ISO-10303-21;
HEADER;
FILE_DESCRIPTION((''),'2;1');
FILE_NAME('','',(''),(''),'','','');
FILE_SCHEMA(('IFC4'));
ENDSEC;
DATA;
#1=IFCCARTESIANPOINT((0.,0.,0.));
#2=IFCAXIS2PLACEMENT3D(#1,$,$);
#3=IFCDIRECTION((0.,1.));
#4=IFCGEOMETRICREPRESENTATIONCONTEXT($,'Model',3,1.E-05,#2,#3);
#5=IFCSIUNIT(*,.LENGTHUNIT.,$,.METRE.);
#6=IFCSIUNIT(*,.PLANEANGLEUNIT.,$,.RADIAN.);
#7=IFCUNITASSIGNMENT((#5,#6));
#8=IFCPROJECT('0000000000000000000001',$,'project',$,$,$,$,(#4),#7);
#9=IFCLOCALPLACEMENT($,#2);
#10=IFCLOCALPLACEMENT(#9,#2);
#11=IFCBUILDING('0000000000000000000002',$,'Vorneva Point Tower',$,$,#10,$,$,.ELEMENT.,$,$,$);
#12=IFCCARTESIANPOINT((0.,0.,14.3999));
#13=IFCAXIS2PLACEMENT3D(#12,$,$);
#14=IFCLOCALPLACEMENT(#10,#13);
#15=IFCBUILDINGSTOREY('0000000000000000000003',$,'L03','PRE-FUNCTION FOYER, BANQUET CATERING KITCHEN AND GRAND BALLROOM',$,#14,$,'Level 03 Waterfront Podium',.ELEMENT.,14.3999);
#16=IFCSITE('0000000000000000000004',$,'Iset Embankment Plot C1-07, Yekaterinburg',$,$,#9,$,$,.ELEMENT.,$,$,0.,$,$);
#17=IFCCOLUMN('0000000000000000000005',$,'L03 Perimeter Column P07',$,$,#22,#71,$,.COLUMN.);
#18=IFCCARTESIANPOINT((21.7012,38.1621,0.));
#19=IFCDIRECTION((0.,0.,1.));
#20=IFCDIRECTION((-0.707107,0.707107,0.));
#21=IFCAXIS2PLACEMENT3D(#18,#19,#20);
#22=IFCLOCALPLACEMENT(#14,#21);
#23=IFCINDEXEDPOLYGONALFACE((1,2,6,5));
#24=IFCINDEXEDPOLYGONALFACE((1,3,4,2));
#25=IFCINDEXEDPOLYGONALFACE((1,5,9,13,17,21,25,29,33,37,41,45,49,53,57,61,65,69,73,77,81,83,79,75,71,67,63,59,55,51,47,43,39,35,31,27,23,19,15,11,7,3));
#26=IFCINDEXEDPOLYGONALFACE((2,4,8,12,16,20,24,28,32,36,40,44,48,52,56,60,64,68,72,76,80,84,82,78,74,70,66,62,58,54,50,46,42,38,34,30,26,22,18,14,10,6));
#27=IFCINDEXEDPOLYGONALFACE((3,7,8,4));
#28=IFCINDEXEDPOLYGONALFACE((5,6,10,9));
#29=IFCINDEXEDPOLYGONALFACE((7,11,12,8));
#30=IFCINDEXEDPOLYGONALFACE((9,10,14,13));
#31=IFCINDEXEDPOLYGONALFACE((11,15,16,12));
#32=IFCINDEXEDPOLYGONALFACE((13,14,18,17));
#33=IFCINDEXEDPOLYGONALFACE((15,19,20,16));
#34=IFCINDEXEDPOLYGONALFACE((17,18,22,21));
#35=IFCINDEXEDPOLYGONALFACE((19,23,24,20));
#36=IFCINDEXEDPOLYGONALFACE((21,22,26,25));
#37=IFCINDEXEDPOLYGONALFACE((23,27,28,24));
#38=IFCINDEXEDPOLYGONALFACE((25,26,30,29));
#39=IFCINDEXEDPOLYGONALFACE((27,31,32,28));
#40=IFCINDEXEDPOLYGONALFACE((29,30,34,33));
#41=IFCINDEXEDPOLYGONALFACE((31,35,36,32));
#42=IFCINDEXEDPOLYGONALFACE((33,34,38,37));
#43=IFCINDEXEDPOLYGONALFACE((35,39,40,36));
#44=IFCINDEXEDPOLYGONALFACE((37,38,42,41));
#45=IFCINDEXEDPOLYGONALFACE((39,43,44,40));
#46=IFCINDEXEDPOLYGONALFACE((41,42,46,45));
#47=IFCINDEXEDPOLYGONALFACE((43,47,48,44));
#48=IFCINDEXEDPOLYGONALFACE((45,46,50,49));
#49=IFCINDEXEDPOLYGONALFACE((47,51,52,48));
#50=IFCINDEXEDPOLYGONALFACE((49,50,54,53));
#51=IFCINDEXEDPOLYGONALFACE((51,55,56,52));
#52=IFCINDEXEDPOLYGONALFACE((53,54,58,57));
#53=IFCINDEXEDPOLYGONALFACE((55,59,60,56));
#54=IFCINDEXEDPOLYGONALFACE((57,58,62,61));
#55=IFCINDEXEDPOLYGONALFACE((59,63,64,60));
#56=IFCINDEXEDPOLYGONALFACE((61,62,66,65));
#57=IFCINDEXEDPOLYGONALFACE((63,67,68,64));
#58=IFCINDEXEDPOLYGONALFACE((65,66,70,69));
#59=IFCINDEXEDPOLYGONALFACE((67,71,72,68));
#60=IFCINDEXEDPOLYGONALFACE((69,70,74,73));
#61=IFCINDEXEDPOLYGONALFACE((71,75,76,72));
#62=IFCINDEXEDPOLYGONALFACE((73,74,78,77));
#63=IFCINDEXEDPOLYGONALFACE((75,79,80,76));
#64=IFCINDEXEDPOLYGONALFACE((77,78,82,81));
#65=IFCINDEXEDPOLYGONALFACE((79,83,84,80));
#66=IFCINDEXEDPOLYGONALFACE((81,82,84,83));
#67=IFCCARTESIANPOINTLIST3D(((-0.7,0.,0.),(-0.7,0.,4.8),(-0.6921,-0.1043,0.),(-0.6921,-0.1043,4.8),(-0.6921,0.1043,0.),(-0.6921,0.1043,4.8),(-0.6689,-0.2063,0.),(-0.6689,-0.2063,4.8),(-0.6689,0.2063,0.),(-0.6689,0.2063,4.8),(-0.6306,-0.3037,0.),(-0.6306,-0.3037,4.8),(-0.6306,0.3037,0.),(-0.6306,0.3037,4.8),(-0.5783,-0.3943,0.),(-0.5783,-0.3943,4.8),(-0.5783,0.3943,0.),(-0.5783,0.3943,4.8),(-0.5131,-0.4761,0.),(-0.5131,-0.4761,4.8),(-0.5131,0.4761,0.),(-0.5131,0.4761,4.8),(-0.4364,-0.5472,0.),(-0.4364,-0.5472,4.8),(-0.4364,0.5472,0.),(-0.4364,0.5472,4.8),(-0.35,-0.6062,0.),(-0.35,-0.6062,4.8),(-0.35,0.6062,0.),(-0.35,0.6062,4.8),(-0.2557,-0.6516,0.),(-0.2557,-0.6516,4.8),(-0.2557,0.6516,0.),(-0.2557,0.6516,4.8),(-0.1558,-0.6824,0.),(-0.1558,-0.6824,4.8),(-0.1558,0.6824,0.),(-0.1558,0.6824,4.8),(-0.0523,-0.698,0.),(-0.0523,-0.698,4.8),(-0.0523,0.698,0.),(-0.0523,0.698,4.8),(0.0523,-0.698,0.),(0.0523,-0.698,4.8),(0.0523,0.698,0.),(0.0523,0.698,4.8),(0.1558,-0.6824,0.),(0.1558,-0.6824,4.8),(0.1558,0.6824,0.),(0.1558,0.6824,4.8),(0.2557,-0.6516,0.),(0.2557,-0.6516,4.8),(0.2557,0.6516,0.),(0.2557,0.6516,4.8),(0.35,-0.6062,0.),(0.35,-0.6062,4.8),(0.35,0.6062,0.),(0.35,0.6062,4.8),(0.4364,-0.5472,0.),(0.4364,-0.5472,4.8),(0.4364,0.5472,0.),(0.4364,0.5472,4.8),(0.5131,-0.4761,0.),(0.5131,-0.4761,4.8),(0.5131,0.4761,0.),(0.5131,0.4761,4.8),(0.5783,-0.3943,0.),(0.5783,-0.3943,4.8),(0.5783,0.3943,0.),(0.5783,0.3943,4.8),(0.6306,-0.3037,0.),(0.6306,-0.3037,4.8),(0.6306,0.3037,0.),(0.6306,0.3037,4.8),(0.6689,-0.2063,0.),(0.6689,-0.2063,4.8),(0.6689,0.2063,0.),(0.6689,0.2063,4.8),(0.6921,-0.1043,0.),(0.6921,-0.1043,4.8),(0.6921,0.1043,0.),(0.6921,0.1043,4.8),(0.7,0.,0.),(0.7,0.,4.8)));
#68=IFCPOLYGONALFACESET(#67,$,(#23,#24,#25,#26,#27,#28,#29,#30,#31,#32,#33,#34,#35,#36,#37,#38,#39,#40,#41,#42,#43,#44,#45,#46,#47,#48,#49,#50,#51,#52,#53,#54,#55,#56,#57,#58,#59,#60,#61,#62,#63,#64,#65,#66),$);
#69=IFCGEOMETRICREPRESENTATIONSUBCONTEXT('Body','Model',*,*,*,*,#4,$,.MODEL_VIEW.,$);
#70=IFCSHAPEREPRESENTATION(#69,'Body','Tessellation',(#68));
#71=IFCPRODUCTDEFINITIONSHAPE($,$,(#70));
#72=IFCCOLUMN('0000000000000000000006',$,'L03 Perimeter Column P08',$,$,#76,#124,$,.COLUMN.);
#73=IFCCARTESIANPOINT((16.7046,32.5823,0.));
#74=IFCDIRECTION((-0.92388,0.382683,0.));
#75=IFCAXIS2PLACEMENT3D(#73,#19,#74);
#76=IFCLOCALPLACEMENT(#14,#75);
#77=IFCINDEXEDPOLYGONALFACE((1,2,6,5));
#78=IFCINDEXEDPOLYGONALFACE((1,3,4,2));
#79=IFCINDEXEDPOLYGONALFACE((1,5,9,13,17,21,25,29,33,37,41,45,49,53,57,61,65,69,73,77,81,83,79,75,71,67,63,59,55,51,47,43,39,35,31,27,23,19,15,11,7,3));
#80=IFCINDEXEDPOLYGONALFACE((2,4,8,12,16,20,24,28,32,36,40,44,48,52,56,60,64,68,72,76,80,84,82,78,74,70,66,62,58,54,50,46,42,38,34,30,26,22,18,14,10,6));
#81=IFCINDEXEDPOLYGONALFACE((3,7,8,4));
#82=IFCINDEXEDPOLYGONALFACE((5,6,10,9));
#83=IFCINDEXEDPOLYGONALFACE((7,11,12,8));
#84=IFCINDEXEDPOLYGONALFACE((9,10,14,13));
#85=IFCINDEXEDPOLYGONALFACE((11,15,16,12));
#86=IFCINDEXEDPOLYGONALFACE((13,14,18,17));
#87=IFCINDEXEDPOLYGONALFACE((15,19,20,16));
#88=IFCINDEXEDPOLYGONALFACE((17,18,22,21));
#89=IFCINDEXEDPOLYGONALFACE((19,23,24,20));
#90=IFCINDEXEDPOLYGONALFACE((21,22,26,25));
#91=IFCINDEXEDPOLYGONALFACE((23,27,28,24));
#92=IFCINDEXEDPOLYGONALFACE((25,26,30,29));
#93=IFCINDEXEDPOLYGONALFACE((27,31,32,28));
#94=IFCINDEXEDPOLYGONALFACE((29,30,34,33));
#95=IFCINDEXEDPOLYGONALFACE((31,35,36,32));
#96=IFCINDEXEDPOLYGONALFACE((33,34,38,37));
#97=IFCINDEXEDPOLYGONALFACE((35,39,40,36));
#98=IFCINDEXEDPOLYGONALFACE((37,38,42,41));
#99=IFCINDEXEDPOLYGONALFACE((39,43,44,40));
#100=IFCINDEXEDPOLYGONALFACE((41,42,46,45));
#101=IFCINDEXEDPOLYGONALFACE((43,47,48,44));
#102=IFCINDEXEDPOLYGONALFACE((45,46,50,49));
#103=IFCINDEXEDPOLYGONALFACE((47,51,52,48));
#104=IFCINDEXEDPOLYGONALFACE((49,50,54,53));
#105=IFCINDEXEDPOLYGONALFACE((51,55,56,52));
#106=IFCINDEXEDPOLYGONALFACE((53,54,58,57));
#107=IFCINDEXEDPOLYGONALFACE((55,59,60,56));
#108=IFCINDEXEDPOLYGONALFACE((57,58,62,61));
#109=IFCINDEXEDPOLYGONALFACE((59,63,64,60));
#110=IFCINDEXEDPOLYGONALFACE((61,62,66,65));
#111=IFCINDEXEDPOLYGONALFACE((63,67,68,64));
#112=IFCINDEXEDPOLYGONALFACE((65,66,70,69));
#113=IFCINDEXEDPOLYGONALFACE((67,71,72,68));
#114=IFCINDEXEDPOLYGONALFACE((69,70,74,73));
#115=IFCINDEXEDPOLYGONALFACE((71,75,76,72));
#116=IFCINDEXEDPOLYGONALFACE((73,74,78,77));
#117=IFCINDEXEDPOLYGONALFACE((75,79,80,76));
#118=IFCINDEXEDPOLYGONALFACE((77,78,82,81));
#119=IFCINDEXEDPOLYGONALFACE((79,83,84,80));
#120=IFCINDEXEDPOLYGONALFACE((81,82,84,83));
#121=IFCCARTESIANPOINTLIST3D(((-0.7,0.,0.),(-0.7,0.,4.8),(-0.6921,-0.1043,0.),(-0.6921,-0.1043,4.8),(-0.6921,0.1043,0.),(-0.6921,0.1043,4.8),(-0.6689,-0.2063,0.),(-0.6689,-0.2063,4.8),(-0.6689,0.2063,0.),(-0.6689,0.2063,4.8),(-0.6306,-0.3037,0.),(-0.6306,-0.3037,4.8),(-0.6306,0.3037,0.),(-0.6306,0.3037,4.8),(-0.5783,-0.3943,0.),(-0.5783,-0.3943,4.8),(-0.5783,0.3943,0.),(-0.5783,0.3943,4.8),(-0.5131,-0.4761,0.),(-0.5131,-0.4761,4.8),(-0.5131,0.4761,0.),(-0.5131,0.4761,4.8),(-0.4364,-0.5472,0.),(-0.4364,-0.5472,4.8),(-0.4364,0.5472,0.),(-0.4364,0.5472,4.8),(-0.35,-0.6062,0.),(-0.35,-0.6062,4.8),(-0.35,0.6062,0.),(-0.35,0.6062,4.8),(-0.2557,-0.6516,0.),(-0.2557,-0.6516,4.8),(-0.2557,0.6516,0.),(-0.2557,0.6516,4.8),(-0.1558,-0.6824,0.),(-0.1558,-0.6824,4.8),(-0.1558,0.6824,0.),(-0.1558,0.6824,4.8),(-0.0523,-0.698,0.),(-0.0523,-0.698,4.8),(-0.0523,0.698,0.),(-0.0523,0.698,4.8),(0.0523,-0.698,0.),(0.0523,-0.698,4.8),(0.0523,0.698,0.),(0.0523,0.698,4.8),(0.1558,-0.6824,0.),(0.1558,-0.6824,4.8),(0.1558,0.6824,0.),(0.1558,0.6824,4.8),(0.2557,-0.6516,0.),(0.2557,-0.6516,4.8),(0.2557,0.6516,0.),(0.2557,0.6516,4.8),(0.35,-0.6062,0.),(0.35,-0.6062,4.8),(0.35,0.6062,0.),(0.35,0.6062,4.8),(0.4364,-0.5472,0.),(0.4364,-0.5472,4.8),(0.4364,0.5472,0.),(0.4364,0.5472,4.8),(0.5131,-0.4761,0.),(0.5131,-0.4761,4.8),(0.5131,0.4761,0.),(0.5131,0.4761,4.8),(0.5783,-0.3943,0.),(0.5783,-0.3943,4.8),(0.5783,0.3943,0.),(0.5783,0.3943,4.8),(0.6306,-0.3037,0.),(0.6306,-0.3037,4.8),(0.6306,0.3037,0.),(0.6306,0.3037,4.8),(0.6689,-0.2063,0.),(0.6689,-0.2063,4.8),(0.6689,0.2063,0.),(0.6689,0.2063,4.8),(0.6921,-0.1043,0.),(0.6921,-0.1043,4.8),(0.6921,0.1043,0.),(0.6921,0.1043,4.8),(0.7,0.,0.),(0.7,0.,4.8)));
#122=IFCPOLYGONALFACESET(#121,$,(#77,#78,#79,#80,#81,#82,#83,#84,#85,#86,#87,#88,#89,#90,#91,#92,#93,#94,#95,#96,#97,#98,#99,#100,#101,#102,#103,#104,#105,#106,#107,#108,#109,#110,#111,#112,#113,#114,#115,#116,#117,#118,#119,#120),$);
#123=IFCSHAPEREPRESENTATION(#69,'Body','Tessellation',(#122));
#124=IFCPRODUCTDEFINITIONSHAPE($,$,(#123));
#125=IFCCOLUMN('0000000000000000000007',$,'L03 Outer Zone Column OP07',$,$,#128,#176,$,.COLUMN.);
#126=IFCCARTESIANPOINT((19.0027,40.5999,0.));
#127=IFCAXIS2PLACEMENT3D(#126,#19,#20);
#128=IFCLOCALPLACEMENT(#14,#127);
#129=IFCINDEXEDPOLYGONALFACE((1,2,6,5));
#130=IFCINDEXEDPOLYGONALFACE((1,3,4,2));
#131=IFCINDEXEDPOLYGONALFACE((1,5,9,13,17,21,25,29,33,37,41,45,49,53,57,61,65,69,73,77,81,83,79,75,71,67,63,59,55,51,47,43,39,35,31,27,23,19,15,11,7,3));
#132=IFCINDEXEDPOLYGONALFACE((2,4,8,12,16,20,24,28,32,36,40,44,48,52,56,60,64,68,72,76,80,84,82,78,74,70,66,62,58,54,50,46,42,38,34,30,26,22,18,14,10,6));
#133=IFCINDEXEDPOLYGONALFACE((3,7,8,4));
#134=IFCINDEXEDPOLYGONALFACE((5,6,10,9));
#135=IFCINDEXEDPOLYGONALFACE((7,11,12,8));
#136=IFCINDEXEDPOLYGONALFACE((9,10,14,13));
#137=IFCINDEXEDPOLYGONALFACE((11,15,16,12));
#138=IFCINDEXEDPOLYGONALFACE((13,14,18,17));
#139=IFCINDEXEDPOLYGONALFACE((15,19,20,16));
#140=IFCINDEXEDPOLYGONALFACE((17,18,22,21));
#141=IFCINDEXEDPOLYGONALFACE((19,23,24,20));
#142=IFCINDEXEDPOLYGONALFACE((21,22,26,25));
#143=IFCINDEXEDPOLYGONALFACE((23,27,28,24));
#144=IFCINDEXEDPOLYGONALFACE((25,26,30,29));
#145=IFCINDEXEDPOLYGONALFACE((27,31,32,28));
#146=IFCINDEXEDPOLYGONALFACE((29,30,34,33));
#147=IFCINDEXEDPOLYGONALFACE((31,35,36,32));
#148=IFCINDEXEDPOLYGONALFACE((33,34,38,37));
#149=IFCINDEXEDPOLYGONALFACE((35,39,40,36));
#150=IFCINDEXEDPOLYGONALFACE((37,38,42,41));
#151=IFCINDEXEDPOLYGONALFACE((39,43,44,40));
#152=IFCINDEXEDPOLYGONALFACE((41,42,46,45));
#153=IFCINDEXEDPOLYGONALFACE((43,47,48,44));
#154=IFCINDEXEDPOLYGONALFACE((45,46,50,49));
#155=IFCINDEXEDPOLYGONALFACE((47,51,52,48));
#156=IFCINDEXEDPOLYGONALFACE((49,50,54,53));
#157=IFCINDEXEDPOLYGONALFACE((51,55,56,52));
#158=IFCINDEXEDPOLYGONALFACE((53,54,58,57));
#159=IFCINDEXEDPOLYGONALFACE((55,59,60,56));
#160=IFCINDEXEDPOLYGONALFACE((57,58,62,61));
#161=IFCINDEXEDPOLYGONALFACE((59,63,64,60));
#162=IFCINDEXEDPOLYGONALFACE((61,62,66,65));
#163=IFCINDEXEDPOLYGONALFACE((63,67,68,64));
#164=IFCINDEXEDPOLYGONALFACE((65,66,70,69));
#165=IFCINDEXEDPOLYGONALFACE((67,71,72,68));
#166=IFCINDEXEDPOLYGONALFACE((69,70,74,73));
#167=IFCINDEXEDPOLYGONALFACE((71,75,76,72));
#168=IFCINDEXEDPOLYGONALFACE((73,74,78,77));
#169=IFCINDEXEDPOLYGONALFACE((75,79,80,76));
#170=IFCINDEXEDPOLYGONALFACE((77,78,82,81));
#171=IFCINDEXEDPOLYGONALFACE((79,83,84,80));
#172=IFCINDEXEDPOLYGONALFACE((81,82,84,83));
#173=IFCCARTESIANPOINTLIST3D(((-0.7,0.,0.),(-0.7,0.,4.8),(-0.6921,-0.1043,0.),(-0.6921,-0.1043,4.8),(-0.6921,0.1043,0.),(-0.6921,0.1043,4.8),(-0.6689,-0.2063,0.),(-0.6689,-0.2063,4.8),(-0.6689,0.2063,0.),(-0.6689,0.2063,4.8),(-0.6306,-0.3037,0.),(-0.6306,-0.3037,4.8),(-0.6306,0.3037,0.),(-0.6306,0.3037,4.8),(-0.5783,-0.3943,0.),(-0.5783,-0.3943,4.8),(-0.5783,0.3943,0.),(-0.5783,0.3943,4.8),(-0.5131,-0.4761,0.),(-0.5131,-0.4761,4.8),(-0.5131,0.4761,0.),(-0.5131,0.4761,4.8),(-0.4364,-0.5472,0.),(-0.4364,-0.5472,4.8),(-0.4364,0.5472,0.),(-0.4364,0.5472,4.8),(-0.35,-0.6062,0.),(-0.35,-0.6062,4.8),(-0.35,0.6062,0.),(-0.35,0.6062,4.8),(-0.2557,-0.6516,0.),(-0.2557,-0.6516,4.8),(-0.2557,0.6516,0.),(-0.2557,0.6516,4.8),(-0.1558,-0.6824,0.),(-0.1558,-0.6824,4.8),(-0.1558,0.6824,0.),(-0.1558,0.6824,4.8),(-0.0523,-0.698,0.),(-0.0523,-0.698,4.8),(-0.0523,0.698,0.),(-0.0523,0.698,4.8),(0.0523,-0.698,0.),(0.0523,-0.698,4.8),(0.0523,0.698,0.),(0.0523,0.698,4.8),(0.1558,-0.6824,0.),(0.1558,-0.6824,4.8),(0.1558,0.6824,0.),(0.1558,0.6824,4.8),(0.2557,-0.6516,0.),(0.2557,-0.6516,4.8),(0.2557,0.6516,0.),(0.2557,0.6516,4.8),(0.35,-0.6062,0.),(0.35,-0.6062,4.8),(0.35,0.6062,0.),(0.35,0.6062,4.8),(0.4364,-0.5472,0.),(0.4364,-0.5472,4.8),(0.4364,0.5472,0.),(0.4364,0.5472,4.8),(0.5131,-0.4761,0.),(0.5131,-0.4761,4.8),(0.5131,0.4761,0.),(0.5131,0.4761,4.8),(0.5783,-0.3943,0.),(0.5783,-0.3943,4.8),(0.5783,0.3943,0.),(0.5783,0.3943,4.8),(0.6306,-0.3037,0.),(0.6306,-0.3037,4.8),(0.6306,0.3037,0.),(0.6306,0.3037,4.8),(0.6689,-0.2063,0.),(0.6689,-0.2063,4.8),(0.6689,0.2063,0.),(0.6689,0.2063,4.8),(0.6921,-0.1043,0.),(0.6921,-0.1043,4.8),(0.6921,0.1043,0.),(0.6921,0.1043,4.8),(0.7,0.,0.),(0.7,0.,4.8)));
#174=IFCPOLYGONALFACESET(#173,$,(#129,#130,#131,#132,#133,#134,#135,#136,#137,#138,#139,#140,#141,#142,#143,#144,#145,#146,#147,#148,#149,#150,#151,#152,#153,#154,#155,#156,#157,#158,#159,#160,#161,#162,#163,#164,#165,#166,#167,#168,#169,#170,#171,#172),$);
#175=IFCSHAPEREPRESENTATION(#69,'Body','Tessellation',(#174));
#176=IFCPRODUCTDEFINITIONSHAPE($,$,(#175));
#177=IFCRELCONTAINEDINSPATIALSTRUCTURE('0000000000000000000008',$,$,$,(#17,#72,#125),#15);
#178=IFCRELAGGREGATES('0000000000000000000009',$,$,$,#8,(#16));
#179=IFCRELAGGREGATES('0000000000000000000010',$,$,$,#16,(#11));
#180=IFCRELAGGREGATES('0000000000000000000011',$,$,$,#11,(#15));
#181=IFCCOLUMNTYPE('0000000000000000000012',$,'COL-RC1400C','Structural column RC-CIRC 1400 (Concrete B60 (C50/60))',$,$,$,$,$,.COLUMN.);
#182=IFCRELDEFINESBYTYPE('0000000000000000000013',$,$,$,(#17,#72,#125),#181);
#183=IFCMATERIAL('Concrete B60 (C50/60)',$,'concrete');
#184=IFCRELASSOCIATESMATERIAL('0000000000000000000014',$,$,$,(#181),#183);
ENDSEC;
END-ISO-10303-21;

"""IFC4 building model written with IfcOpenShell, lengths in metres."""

from ifc_helpers import new_model, si_unit, direction, frame, origin, origin_2d, place, context, subcontext, project, spatial, circle, extrude, material, material_profile, profile_set, type_object, element, save


model = new_model("IFC4")

# Units and contexts
model_context = context("Model", 3, precision=1e-05, world=origin(), true_north=direction((0.0, 1.0)))
body_context = subcontext(model_context, "Body", "Model", "MODEL_VIEW")
ifc_project = project(units=[si_unit("LENGTHUNIT", "METRE"), si_unit("PLANEANGLEUNIT", "RADIAN")], contexts=[model_context])

# Site, building, storey
site_placement = place(None, origin())
site = spatial("IfcSite", under=ifc_project, at=site_placement, Name="Iset Embankment Plot C1-07, Yekaterinburg", CompositionType="ELEMENT", RefElevation=0.0)
building_placement = place(site_placement, origin())
building = spatial("IfcBuilding", under=site, at=building_placement, Name="Vorneva Point Tower", CompositionType="ELEMENT")
storey_placement = place(building_placement, frame((0.0, 0.0, 14.3999)))
storey = spatial("IfcBuildingStorey", under=building, at=storey_placement, Name="L03", Description="PRE-FUNCTION FOYER, BANQUET CATERING KITCHEN AND GRAND BALLROOM", LongName="Level 03 Waterfront Podium", CompositionType="ELEMENT", Elevation=14.3999)

# Columns
ifc_material_1 = material(Name="Concrete B60 (C50/60)", Category="concrete")
ifc_material_profile_1 = material_profile(ifc_material_1, circle(Radius=0.7, at=origin_2d()), Name="RC-CIRC 1400")
ifc_profile_set_1 = profile_set([ifc_material_profile_1], Name="Concrete B60 (C50/60)")
column_type_1 = type_object("IfcColumnType", Name="COL-RC1400C", Description="Structural column RC-CIRC 1400 (Concrete B60 (C50/60))", PredefinedType="COLUMN", material=ifc_profile_set_1)
for number, where, z_axis, x_axis, name in (
    (1, (21.7012, 38.1621, 0.0), (0.0, 0.0, 1.0), (-0.707107, 0.707107, 0.0), "L03 Perimeter Column P07"),
    (2, (16.7046, 32.5823, 0.0), (0.0, 0.0, 1.0), (-0.92388, 0.382683, 0.0), "L03 Perimeter Column P08"),
    (3, (19.0027, 40.5999, 0.0), (0.0, 0.0, 1.0), (-0.707107, 0.707107, 0.0), "L03 Outer Zone Column OP07"),
):
    element("IfcColumn", number, at=place(storey_placement, frame(where, z_axis=z_axis, x_axis=x_axis)), inside=storey, type_object=column_type_1, Name=name, PredefinedType="COLUMN", context=body_context, shape_type="SweptSolid", body=[
        extrude(circle(Radius=0.7, at=origin_2d()), origin(), (0.0, 0.0, 1.0), 4.8),
    ])

save(model, "model.ifc")
